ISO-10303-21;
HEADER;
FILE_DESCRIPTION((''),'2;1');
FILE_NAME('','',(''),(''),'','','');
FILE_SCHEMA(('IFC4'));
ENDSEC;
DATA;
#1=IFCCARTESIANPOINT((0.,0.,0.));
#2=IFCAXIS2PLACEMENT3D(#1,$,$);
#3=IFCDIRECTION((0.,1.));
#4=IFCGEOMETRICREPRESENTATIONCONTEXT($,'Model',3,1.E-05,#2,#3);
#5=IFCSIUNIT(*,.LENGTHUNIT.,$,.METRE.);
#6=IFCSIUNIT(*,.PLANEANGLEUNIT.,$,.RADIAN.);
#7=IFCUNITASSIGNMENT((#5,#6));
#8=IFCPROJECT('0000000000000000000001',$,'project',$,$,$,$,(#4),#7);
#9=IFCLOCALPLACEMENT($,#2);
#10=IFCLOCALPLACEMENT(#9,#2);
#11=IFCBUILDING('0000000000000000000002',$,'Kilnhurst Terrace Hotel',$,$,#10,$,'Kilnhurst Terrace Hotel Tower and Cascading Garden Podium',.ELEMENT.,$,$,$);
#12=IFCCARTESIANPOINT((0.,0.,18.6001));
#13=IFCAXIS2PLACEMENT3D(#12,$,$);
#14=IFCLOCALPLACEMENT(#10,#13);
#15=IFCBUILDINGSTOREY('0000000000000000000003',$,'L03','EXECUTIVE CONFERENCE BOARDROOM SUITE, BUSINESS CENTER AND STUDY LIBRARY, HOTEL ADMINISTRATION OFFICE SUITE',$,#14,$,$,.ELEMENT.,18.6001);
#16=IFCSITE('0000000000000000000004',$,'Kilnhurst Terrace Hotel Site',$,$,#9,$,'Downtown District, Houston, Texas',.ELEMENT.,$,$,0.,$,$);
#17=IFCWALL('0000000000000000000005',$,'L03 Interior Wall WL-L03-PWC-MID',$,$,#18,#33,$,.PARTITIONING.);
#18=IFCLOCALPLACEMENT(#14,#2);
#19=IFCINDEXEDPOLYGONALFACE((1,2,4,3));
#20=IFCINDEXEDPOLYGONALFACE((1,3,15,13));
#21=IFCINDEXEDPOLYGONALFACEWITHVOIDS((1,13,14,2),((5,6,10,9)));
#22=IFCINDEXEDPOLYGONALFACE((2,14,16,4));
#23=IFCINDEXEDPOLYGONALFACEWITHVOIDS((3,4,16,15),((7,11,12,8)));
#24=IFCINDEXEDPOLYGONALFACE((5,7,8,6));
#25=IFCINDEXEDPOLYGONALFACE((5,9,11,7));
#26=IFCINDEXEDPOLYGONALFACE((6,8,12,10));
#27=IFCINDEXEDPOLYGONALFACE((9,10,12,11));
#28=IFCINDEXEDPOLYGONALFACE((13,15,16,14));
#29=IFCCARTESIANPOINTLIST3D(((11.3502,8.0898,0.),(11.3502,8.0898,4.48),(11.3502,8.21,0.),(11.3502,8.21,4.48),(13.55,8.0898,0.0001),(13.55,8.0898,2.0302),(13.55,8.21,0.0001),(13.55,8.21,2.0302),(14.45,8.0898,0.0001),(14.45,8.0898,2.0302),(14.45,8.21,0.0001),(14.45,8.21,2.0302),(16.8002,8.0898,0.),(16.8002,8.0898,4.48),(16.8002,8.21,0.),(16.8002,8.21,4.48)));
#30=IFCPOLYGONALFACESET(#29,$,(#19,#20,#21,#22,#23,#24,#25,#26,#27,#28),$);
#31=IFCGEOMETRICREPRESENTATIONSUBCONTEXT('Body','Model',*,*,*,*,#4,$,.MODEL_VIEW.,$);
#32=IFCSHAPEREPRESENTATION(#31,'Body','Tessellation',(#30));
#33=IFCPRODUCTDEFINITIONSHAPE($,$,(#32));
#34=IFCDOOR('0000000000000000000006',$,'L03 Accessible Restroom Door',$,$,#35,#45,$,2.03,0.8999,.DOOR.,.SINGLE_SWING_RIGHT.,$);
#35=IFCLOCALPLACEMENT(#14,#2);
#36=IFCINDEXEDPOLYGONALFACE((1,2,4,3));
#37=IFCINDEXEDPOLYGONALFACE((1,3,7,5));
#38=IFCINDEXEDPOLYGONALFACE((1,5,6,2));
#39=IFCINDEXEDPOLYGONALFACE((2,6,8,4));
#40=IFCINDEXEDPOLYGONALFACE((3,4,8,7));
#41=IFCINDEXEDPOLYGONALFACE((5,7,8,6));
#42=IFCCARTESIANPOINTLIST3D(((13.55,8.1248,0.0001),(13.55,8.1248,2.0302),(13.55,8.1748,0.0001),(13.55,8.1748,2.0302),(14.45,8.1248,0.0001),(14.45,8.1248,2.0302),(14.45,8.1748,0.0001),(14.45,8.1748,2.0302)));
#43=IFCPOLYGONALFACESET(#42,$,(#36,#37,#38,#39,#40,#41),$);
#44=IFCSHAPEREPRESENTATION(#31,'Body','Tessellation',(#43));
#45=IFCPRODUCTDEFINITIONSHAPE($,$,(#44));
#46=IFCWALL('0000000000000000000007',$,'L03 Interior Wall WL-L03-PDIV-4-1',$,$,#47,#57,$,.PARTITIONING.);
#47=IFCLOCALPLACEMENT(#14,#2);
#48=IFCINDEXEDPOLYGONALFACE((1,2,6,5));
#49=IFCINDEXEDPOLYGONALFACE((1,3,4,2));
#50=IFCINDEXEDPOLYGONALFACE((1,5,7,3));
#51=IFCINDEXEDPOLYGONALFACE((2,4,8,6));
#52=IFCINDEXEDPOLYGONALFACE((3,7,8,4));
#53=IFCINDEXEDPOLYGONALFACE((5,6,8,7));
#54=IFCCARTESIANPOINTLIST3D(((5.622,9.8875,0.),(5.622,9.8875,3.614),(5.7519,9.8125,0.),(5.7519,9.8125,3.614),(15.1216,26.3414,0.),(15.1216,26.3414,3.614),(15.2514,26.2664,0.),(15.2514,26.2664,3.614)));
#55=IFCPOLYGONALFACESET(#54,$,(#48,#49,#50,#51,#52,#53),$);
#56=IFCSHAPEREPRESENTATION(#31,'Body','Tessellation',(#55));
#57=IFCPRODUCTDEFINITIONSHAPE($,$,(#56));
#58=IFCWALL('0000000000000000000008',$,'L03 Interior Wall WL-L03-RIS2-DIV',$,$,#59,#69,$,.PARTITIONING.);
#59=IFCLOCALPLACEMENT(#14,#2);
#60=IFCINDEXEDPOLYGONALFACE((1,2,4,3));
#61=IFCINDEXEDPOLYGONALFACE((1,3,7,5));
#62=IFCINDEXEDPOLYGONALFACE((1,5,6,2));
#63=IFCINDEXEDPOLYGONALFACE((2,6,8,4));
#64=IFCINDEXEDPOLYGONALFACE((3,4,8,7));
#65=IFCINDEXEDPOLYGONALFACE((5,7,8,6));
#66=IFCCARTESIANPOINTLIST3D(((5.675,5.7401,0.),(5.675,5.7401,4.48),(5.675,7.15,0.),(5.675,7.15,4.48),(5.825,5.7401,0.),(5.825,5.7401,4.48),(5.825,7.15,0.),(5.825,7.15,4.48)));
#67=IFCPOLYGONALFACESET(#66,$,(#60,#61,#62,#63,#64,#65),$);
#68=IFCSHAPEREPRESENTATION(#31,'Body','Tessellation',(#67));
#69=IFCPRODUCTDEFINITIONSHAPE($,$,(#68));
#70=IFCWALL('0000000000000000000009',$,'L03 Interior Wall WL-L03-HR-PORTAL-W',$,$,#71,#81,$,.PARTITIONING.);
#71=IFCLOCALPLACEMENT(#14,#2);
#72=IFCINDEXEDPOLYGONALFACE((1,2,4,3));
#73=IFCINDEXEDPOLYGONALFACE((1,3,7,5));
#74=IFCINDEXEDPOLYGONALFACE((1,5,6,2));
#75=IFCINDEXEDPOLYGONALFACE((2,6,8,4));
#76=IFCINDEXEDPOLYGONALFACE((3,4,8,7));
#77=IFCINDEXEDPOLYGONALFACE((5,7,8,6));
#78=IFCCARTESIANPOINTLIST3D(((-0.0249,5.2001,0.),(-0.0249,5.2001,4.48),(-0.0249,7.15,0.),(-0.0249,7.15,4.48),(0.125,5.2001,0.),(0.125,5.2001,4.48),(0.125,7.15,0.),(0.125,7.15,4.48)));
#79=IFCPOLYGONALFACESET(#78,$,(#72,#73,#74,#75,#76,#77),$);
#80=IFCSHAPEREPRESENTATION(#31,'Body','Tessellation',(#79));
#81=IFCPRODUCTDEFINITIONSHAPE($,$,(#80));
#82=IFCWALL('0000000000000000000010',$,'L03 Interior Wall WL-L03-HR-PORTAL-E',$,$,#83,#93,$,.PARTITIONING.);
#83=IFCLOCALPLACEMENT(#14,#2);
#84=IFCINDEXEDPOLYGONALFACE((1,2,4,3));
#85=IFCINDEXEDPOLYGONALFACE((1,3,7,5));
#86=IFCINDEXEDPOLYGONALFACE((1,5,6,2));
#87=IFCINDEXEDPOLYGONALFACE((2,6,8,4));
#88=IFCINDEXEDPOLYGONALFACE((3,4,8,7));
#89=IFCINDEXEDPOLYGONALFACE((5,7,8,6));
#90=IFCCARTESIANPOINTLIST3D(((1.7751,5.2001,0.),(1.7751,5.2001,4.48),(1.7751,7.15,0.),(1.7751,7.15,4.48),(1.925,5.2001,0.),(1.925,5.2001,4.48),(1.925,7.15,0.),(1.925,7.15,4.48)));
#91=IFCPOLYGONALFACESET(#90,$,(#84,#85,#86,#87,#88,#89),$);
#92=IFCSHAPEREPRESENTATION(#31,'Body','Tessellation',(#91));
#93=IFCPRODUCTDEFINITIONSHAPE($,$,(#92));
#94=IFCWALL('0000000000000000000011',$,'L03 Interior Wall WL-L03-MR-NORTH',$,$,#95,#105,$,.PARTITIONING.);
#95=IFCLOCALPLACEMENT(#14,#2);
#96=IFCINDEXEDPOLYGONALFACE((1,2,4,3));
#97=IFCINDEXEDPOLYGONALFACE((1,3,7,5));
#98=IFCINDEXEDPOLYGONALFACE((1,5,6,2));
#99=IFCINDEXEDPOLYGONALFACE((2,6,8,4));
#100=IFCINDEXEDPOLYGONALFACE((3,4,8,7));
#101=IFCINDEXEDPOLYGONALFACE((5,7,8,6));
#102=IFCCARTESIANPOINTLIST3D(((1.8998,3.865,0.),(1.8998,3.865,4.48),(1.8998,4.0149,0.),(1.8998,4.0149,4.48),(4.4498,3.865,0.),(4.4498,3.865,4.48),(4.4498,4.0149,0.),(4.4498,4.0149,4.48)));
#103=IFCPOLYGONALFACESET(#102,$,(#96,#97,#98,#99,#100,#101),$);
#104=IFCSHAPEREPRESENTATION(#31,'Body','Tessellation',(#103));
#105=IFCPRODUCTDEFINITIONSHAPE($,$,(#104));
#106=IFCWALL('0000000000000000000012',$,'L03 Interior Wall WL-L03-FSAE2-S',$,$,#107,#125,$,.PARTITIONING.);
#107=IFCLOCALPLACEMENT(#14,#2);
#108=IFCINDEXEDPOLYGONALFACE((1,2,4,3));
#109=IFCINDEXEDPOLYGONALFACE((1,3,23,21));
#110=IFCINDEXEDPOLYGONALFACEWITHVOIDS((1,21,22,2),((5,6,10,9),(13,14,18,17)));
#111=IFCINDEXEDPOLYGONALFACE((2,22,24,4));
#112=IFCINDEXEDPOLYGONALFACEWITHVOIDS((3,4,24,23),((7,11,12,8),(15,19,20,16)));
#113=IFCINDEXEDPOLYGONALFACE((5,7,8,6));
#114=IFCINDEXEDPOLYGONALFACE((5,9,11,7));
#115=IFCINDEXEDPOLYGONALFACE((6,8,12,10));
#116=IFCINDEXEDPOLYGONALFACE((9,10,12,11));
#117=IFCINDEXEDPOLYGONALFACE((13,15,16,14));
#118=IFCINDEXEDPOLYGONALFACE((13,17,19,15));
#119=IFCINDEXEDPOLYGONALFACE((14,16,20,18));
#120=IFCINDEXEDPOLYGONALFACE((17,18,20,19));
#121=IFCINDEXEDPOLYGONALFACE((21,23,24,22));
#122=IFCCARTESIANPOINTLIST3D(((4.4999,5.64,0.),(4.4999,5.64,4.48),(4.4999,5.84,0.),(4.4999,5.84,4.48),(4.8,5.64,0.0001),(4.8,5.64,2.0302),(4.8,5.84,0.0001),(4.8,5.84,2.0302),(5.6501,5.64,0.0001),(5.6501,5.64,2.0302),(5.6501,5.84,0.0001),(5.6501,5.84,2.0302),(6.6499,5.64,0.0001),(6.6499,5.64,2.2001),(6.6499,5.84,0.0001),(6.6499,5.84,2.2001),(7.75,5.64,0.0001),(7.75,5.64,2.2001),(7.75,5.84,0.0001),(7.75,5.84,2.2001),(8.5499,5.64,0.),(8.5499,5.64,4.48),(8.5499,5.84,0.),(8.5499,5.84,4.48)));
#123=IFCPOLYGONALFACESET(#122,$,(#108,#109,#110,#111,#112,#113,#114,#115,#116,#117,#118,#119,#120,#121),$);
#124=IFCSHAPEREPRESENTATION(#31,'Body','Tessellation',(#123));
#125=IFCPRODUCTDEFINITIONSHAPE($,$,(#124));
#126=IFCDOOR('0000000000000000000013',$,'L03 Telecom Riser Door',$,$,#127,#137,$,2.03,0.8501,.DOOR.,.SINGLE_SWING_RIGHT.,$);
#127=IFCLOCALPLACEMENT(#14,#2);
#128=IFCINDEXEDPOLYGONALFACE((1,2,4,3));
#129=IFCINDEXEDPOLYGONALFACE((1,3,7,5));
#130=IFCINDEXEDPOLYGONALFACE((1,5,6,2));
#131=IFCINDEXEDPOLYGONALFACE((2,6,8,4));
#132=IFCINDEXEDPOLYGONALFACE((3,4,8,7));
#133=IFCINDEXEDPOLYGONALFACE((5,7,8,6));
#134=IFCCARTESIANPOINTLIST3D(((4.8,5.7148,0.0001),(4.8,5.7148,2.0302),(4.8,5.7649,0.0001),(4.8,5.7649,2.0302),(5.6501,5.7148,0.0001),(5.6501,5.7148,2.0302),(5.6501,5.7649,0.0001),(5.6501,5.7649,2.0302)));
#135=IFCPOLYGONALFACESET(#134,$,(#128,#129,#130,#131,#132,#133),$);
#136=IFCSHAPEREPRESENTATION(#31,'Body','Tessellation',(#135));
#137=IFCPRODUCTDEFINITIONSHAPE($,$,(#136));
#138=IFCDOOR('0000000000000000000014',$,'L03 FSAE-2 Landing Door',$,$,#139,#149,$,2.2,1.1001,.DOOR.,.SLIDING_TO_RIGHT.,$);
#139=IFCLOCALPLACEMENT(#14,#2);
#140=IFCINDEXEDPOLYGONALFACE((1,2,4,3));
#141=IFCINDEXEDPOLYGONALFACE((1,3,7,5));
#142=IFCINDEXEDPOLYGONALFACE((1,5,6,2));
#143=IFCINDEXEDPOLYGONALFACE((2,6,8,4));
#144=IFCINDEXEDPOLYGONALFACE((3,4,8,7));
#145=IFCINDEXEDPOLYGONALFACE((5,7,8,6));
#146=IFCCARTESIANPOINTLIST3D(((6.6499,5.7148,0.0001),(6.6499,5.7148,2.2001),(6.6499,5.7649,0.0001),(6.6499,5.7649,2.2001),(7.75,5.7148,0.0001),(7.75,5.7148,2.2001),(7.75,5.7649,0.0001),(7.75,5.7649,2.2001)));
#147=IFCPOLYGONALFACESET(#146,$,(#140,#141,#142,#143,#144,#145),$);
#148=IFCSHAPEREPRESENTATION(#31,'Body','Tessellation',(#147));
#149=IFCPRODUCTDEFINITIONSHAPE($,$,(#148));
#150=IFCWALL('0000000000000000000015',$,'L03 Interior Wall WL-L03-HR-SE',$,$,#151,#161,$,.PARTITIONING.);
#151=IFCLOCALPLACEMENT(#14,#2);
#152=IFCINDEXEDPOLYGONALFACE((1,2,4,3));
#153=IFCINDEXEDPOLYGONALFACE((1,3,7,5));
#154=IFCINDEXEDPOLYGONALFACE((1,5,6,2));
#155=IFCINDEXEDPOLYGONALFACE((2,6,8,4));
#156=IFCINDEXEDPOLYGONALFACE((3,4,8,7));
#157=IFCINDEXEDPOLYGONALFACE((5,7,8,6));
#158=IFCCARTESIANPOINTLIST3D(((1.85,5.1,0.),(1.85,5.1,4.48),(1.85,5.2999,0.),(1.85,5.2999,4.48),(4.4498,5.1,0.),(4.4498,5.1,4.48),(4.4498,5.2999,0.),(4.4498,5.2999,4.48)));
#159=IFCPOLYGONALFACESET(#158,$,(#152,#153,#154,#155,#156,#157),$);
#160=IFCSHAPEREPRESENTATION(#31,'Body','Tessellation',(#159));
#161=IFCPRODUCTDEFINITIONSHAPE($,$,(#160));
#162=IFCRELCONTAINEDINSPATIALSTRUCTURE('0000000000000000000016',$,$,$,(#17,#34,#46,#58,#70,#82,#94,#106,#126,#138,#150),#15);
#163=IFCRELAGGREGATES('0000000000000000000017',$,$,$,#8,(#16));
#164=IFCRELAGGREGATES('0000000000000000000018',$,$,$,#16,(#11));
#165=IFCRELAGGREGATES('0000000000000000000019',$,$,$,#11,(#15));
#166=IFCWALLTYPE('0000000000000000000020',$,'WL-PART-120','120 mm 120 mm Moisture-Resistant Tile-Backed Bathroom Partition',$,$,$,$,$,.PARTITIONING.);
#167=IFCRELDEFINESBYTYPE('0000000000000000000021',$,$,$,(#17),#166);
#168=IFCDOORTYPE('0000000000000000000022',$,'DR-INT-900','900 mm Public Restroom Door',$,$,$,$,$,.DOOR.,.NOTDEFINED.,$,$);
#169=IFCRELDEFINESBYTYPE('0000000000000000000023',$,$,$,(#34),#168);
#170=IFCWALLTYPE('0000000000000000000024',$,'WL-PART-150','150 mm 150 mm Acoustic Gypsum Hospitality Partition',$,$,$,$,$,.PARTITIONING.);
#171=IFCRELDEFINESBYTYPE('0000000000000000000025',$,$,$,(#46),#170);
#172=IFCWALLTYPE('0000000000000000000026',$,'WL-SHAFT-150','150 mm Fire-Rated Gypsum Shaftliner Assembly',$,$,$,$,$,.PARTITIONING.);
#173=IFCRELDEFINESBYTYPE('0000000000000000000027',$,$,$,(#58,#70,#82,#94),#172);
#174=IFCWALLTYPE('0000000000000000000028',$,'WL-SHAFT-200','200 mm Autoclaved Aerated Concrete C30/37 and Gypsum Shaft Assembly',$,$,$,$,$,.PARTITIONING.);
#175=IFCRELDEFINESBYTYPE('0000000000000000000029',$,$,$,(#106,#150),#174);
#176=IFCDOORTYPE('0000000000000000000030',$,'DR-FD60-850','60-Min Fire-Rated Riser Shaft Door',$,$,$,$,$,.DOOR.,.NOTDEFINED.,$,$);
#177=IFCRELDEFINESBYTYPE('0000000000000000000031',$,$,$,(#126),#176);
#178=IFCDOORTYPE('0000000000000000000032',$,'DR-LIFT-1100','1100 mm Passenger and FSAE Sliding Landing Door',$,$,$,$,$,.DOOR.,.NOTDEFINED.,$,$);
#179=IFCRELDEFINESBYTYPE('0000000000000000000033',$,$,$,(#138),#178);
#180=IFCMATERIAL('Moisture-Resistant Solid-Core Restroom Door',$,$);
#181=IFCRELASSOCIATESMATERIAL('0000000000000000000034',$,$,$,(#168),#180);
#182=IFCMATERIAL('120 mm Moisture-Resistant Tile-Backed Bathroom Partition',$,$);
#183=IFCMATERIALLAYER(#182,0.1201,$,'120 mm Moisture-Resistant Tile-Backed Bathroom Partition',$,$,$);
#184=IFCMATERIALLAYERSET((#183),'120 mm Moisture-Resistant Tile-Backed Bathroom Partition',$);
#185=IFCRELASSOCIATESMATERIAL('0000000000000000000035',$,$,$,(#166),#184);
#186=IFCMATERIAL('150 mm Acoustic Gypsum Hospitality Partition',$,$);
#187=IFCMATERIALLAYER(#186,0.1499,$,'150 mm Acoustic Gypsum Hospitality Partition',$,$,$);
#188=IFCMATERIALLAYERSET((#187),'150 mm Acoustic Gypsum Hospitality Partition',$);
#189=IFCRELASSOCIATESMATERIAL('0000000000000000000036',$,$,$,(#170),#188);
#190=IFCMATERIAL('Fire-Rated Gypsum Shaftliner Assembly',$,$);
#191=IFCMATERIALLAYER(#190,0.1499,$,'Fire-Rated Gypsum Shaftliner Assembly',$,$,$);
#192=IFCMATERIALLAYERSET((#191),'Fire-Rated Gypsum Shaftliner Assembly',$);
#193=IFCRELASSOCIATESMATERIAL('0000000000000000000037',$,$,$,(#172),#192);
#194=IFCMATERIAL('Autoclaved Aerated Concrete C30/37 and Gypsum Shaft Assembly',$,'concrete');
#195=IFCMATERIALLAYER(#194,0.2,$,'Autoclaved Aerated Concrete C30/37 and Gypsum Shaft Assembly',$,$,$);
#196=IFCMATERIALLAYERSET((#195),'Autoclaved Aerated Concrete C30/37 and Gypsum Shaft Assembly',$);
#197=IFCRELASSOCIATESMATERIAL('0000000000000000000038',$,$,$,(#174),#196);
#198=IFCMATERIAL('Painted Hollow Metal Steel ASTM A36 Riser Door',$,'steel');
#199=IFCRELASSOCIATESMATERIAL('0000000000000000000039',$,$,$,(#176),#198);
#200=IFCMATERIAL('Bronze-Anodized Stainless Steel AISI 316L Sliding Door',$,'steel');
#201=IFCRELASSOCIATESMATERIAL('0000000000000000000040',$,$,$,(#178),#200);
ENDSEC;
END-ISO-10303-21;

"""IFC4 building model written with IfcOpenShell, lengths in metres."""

from ifc_helpers import new_model, si_unit, direction, frame, frame_2d, origin, place, context, subcontext, project, spatial, rectangle, extrude, material, layer, layer_set, type_object, element, fill, save


model = new_model("IFC4")

# Units and contexts
model_context = context("Model", 3, precision=1e-05, world=origin(), true_north=direction((0.0, 1.0)))
body_context = subcontext(model_context, "Body", "Model", "MODEL_VIEW")
ifc_project = project(units=[si_unit("LENGTHUNIT", "METRE"), si_unit("PLANEANGLEUNIT", "RADIAN")], contexts=[model_context])

# Site, building, storey
site_placement = place(None, origin())
site = spatial("IfcSite", under=ifc_project, at=site_placement, Name="Kilnhurst Terrace Hotel Site", LongName="Downtown District, Houston, Texas", CompositionType="ELEMENT", RefElevation=0.0)
building_placement = place(site_placement, origin())
building = spatial("IfcBuilding", under=site, at=building_placement, Name="Kilnhurst Terrace Hotel", LongName="Kilnhurst Terrace Hotel Tower and Cascading Garden Podium", CompositionType="ELEMENT")
storey_placement = place(building_placement, frame((0.0, 0.0, 18.6001)))
storey = spatial("IfcBuildingStorey", under=building, at=storey_placement, Name="L03", Description="EXECUTIVE CONFERENCE BOARDROOM SUITE, BUSINESS CENTER AND STUDY LIBRARY, HOTEL ADMINISTRATION OFFICE SUITE", CompositionType="ELEMENT", Elevation=18.6001)

# Shared definitions
ifc_material_1 = material(Name="Moisture-Resistant Solid-Core Restroom Door")
door_type_1 = type_object("IfcDoorType", Name="DR-INT-900", Description="900 mm Public Restroom Door", OperationType="NOTDEFINED", PredefinedType="DOOR", material=ifc_material_1)

# Shared definitions
ifc_material_2 = material(Name="120 mm Moisture-Resistant Tile-Backed Bathroom Partition")
ifc_layer_1 = layer(ifc_material_2, 0.1201, Name="120 mm Moisture-Resistant Tile-Backed Bathroom Partition")
ifc_layer_set_1 = layer_set([ifc_layer_1], Name="120 mm Moisture-Resistant Tile-Backed Bathroom Partition")
wall_type_1 = type_object("IfcWallType", Name="WL-PART-120", Description="120 mm 120 mm Moisture-Resistant Tile-Backed Bathroom Partition", PredefinedType="PARTITIONING", material=ifc_layer_set_1)

# Wall, opening, door
wall_1_placement = place(storey_placement, frame((11.3501, 8.1499, 0.0), z_axis=(0.0, 0.0, 1.0), x_axis=(1.0, 0.0, 0.0)))
wall_1 = element("IfcWall", 1, at=wall_1_placement, inside=storey, type_object=wall_type_1, Name="L03 Interior Wall WL-L03-PWC-MID", PredefinedType="PARTITIONING", context=body_context, shape_type="SweptSolid", body=[
    extrude(rectangle(XDim=5.45, YDim=0.1201, at=frame_2d((2.7251, 0.0))), origin(), (0.0, 0.0, 1.0), 4.48),
])
opening_1_placement = place(wall_1_placement, frame((2.2, 0.0, 0.0)))
opening_1 = element("IfcOpeningElement", 2, at=opening_1_placement, cuts=wall_1, PredefinedType="OPENING", context=body_context, shape_type="SweptSolid", body=[
    extrude(rectangle(XDim=0.8999, YDim=2.03, at=frame_2d((0.45, 1.0151))), frame((0.0, 0.0701, 0.0), z_axis=(0.0, -1.0, 0.0), x_axis=(1.0, 0.0, 0.0)), (0.0, 0.0, 1.0), 0.1401),
])
door_1_placement = place(opening_1_placement, origin())
door_1 = element("IfcDoor", 3, at=door_1_placement, inside=storey, type_object=door_type_1, Name="L03 Accessible Restroom Door", OperationType="SINGLE_SWING_RIGHT", OverallHeight=2.03, OverallWidth=0.8999, PredefinedType="DOOR", context=body_context, shape_type="SweptSolid", body=[
    extrude(rectangle(XDim=0.8999, YDim=2.03, at=frame_2d((0.45, 1.0151))), frame((0.0, 0.0249, 0.0), z_axis=(0.0, -1.0, 0.0), x_axis=(1.0, 0.0, 0.0)), (0.0, 0.0, 1.0), 0.05),
])
fill(opening_1, door_1)

# Walls
ifc_material_3 = material(Name="150 mm Acoustic Gypsum Hospitality Partition")
ifc_layer_2 = layer(ifc_material_3, 0.1499, Name="150 mm Acoustic Gypsum Hospitality Partition")
ifc_layer_set_2 = layer_set([ifc_layer_2], Name="150 mm Acoustic Gypsum Hospitality Partition")
wall_type_2 = type_object("IfcWallType", Name="WL-PART-150", Description="150 mm 150 mm Acoustic Gypsum Hospitality Partition", PredefinedType="PARTITIONING", material=ifc_layer_set_2)
wall_2_placement = place(storey_placement, frame((5.687, 9.8501, 0.0), z_axis=(0.0, 0.0, 1.0), x_axis=(0.499995, 0.866028, 0.0)))
element("IfcWall", 4, at=wall_2_placement, inside=storey, type_object=wall_type_2, Name="L03 Interior Wall WL-L03-PDIV-4-1", PredefinedType="PARTITIONING", context=body_context, shape_type="SweptSolid", body=[
    extrude(rectangle(XDim=18.9993, YDim=0.1499, at=frame_2d((9.4995, 0.0))), origin(), (0.0, 0.0, 1.0), 3.614),
])
ifc_material_4 = material(Name="Fire-Rated Gypsum Shaftliner Assembly")
ifc_layer_3 = layer(ifc_material_4, 0.1499, Name="Fire-Rated Gypsum Shaftliner Assembly")
ifc_layer_set_3 = layer_set([ifc_layer_3], Name="Fire-Rated Gypsum Shaftliner Assembly")
wall_type_3 = type_object("IfcWallType", Name="WL-SHAFT-150", Description="150 mm Fire-Rated Gypsum Shaftliner Assembly", PredefinedType="PARTITIONING", material=ifc_layer_set_3)
wall_3_placement = place(storey_placement, frame((5.75, 5.74, 0.0), z_axis=(0.0, 0.0, 1.0), x_axis=(0.0, 1.0, 0.0)))
element("IfcWall", 5, at=wall_3_placement, inside=storey, type_object=wall_type_3, Name="L03 Interior Wall WL-L03-RIS2-DIV", PredefinedType="PARTITIONING", context=body_context, shape_type="SweptSolid", body=[
    extrude(rectangle(XDim=1.4099, YDim=0.1499, at=frame_2d((0.7051, 0.0))), origin(), (0.0, 0.0, 1.0), 4.48),
])
for number, where, z_axis, x_axis, name in (
    (6, (0.05, 5.2, 0.0), (0.0, 0.0, 1.0), (0.0, 1.0, 0.0), "L03 Interior Wall WL-L03-HR-PORTAL-W"),
    (7, (1.8501, 5.2, 0.0), (0.0, 0.0, 1.0), (0.0, 1.0, 0.0), "L03 Interior Wall WL-L03-HR-PORTAL-E"),
):
    element("IfcWall", number, at=place(storey_placement, frame(where, z_axis=z_axis, x_axis=x_axis)), inside=storey, type_object=wall_type_3, Name=name, PredefinedType="PARTITIONING", context=body_context, shape_type="SweptSolid", body=[
        extrude(rectangle(XDim=1.95, YDim=0.1499, at=frame_2d((0.9751, 0.0))), origin(), (0.0, 0.0, 1.0), 4.48),
    ])
wall_4_placement = place(storey_placement, frame((1.8999, 3.9399, 0.0), z_axis=(0.0, 0.0, 1.0), x_axis=(1.0, 0.0, 0.0)))
element("IfcWall", 8, at=wall_4_placement, inside=storey, type_object=wall_type_3, Name="L03 Interior Wall WL-L03-MR-NORTH", PredefinedType="PARTITIONING", context=body_context, shape_type="SweptSolid", body=[
    extrude(rectangle(XDim=2.55, YDim=0.1499, at=frame_2d((1.2749, 0.0))), origin(), (0.0, 0.0, 1.0), 4.48),
])

# Wall, openings, doors
ifc_material_5 = material(Name="Autoclaved Aerated Concrete C30/37 and Gypsum Shaft Assembly", Category="concrete")
ifc_layer_4 = layer(ifc_material_5, 0.2, Name="Autoclaved Aerated Concrete C30/37 and Gypsum Shaft Assembly")
ifc_layer_set_4 = layer_set([ifc_layer_4], Name="Autoclaved Aerated Concrete C30/37 and Gypsum Shaft Assembly")
wall_type_4 = type_object("IfcWallType", Name="WL-SHAFT-200", Description="200 mm Autoclaved Aerated Concrete C30/37 and Gypsum Shaft Assembly", PredefinedType="PARTITIONING", material=ifc_layer_set_4)
wall_5_placement = place(storey_placement, frame((4.5, 5.74, 0.0), z_axis=(0.0, 0.0, 1.0), x_axis=(1.0, 0.0, 0.0)))
wall_5 = element("IfcWall", 9, at=wall_5_placement, inside=storey, type_object=wall_type_4, Name="L03 Interior Wall WL-L03-FSAE2-S", PredefinedType="PARTITIONING", context=body_context, shape_type="SweptSolid", body=[
    extrude(rectangle(XDim=4.05, YDim=0.2, at=frame_2d((2.0249, 0.0))), origin(), (0.0, 0.0, 1.0), 4.48),
])
opening_2_placement = place(wall_5_placement, frame((0.3, 0.0, 0.0)))
opening_2 = element("IfcOpeningElement", 10, at=opening_2_placement, cuts=wall_5, PredefinedType="OPENING", context=body_context, shape_type="SweptSolid", body=[
    extrude(rectangle(XDim=0.8501, YDim=2.03, at=frame_2d((0.425, 1.0151))), frame((0.0, 0.1099, 0.0), z_axis=(0.0, -1.0, 0.0), x_axis=(1.0, 0.0, 0.0)), (0.0, 0.0, 1.0), 0.22),
])
opening_3_placement = place(wall_5_placement, frame((2.1499, 0.0, 0.0)))
opening_3 = element("IfcOpeningElement", 11, at=opening_3_placement, cuts=wall_5, PredefinedType="OPENING", context=body_context, shape_type="SweptSolid", body=[
    extrude(rectangle(XDim=1.1001, YDim=2.2, at=frame_2d((0.55, 1.1001))), frame((0.0, 0.1099, 0.0), z_axis=(0.0, -1.0, 0.0), x_axis=(1.0, 0.0, 0.0)), (0.0, 0.0, 1.0), 0.22),
])
ifc_material_6 = material(Name="Painted Hollow Metal Steel ASTM A36 Riser Door", Category="steel")
door_type_2 = type_object("IfcDoorType", Name="DR-FD60-850", Description="60-Min Fire-Rated Riser Shaft Door", OperationType="NOTDEFINED", PredefinedType="DOOR", material=ifc_material_6)
door_2_placement = place(opening_2_placement, origin())
door_2 = element("IfcDoor", 12, at=door_2_placement, inside=storey, type_object=door_type_2, Name="L03 Telecom Riser Door", OperationType="SINGLE_SWING_RIGHT", OverallHeight=2.03, OverallWidth=0.8501, PredefinedType="DOOR", context=body_context, shape_type="SweptSolid", body=[
    extrude(rectangle(XDim=0.8501, YDim=2.03, at=frame_2d((0.425, 1.0151))), frame((0.0, 0.0249, 0.0), z_axis=(0.0, -1.0, 0.0), x_axis=(1.0, 0.0, 0.0)), (0.0, 0.0, 1.0), 0.05),
])
fill(opening_2, door_2)
ifc_material_7 = material(Name="Bronze-Anodized Stainless Steel AISI 316L Sliding Door", Category="steel")
door_type_3 = type_object("IfcDoorType", Name="DR-LIFT-1100", Description="1100 mm Passenger and FSAE Sliding Landing Door", OperationType="NOTDEFINED", PredefinedType="DOOR", material=ifc_material_7)
door_3_placement = place(opening_3_placement, origin())
door_3 = element("IfcDoor", 13, at=door_3_placement, inside=storey, type_object=door_type_3, Name="L03 FSAE-2 Landing Door", OperationType="SLIDING_TO_RIGHT", OverallHeight=2.2, OverallWidth=1.1001, PredefinedType="DOOR", context=body_context, shape_type="SweptSolid", body=[
    extrude(rectangle(XDim=1.1001, YDim=2.2, at=frame_2d((0.55, 1.1001))), frame((0.0, 0.0249, 0.0), z_axis=(0.0, -1.0, 0.0), x_axis=(1.0, 0.0, 0.0)), (0.0, 0.0, 1.0), 0.05),
])
fill(opening_3, door_3)

# Wall
wall_6_placement = place(storey_placement, frame((1.8501, 5.2, 0.0), z_axis=(0.0, 0.0, 1.0), x_axis=(1.0, 0.0, 0.0)))
element("IfcWall", 14, at=wall_6_placement, inside=storey, type_object=wall_type_4, Name="L03 Interior Wall WL-L03-HR-SE", PredefinedType="PARTITIONING", context=body_context, shape_type="SweptSolid", body=[
    extrude(rectangle(XDim=2.5999, YDim=0.2, at=frame_2d((1.2998, 0.0))), origin(), (0.0, 0.0, 1.0), 4.48),
])

save(model, "model.ifc")
